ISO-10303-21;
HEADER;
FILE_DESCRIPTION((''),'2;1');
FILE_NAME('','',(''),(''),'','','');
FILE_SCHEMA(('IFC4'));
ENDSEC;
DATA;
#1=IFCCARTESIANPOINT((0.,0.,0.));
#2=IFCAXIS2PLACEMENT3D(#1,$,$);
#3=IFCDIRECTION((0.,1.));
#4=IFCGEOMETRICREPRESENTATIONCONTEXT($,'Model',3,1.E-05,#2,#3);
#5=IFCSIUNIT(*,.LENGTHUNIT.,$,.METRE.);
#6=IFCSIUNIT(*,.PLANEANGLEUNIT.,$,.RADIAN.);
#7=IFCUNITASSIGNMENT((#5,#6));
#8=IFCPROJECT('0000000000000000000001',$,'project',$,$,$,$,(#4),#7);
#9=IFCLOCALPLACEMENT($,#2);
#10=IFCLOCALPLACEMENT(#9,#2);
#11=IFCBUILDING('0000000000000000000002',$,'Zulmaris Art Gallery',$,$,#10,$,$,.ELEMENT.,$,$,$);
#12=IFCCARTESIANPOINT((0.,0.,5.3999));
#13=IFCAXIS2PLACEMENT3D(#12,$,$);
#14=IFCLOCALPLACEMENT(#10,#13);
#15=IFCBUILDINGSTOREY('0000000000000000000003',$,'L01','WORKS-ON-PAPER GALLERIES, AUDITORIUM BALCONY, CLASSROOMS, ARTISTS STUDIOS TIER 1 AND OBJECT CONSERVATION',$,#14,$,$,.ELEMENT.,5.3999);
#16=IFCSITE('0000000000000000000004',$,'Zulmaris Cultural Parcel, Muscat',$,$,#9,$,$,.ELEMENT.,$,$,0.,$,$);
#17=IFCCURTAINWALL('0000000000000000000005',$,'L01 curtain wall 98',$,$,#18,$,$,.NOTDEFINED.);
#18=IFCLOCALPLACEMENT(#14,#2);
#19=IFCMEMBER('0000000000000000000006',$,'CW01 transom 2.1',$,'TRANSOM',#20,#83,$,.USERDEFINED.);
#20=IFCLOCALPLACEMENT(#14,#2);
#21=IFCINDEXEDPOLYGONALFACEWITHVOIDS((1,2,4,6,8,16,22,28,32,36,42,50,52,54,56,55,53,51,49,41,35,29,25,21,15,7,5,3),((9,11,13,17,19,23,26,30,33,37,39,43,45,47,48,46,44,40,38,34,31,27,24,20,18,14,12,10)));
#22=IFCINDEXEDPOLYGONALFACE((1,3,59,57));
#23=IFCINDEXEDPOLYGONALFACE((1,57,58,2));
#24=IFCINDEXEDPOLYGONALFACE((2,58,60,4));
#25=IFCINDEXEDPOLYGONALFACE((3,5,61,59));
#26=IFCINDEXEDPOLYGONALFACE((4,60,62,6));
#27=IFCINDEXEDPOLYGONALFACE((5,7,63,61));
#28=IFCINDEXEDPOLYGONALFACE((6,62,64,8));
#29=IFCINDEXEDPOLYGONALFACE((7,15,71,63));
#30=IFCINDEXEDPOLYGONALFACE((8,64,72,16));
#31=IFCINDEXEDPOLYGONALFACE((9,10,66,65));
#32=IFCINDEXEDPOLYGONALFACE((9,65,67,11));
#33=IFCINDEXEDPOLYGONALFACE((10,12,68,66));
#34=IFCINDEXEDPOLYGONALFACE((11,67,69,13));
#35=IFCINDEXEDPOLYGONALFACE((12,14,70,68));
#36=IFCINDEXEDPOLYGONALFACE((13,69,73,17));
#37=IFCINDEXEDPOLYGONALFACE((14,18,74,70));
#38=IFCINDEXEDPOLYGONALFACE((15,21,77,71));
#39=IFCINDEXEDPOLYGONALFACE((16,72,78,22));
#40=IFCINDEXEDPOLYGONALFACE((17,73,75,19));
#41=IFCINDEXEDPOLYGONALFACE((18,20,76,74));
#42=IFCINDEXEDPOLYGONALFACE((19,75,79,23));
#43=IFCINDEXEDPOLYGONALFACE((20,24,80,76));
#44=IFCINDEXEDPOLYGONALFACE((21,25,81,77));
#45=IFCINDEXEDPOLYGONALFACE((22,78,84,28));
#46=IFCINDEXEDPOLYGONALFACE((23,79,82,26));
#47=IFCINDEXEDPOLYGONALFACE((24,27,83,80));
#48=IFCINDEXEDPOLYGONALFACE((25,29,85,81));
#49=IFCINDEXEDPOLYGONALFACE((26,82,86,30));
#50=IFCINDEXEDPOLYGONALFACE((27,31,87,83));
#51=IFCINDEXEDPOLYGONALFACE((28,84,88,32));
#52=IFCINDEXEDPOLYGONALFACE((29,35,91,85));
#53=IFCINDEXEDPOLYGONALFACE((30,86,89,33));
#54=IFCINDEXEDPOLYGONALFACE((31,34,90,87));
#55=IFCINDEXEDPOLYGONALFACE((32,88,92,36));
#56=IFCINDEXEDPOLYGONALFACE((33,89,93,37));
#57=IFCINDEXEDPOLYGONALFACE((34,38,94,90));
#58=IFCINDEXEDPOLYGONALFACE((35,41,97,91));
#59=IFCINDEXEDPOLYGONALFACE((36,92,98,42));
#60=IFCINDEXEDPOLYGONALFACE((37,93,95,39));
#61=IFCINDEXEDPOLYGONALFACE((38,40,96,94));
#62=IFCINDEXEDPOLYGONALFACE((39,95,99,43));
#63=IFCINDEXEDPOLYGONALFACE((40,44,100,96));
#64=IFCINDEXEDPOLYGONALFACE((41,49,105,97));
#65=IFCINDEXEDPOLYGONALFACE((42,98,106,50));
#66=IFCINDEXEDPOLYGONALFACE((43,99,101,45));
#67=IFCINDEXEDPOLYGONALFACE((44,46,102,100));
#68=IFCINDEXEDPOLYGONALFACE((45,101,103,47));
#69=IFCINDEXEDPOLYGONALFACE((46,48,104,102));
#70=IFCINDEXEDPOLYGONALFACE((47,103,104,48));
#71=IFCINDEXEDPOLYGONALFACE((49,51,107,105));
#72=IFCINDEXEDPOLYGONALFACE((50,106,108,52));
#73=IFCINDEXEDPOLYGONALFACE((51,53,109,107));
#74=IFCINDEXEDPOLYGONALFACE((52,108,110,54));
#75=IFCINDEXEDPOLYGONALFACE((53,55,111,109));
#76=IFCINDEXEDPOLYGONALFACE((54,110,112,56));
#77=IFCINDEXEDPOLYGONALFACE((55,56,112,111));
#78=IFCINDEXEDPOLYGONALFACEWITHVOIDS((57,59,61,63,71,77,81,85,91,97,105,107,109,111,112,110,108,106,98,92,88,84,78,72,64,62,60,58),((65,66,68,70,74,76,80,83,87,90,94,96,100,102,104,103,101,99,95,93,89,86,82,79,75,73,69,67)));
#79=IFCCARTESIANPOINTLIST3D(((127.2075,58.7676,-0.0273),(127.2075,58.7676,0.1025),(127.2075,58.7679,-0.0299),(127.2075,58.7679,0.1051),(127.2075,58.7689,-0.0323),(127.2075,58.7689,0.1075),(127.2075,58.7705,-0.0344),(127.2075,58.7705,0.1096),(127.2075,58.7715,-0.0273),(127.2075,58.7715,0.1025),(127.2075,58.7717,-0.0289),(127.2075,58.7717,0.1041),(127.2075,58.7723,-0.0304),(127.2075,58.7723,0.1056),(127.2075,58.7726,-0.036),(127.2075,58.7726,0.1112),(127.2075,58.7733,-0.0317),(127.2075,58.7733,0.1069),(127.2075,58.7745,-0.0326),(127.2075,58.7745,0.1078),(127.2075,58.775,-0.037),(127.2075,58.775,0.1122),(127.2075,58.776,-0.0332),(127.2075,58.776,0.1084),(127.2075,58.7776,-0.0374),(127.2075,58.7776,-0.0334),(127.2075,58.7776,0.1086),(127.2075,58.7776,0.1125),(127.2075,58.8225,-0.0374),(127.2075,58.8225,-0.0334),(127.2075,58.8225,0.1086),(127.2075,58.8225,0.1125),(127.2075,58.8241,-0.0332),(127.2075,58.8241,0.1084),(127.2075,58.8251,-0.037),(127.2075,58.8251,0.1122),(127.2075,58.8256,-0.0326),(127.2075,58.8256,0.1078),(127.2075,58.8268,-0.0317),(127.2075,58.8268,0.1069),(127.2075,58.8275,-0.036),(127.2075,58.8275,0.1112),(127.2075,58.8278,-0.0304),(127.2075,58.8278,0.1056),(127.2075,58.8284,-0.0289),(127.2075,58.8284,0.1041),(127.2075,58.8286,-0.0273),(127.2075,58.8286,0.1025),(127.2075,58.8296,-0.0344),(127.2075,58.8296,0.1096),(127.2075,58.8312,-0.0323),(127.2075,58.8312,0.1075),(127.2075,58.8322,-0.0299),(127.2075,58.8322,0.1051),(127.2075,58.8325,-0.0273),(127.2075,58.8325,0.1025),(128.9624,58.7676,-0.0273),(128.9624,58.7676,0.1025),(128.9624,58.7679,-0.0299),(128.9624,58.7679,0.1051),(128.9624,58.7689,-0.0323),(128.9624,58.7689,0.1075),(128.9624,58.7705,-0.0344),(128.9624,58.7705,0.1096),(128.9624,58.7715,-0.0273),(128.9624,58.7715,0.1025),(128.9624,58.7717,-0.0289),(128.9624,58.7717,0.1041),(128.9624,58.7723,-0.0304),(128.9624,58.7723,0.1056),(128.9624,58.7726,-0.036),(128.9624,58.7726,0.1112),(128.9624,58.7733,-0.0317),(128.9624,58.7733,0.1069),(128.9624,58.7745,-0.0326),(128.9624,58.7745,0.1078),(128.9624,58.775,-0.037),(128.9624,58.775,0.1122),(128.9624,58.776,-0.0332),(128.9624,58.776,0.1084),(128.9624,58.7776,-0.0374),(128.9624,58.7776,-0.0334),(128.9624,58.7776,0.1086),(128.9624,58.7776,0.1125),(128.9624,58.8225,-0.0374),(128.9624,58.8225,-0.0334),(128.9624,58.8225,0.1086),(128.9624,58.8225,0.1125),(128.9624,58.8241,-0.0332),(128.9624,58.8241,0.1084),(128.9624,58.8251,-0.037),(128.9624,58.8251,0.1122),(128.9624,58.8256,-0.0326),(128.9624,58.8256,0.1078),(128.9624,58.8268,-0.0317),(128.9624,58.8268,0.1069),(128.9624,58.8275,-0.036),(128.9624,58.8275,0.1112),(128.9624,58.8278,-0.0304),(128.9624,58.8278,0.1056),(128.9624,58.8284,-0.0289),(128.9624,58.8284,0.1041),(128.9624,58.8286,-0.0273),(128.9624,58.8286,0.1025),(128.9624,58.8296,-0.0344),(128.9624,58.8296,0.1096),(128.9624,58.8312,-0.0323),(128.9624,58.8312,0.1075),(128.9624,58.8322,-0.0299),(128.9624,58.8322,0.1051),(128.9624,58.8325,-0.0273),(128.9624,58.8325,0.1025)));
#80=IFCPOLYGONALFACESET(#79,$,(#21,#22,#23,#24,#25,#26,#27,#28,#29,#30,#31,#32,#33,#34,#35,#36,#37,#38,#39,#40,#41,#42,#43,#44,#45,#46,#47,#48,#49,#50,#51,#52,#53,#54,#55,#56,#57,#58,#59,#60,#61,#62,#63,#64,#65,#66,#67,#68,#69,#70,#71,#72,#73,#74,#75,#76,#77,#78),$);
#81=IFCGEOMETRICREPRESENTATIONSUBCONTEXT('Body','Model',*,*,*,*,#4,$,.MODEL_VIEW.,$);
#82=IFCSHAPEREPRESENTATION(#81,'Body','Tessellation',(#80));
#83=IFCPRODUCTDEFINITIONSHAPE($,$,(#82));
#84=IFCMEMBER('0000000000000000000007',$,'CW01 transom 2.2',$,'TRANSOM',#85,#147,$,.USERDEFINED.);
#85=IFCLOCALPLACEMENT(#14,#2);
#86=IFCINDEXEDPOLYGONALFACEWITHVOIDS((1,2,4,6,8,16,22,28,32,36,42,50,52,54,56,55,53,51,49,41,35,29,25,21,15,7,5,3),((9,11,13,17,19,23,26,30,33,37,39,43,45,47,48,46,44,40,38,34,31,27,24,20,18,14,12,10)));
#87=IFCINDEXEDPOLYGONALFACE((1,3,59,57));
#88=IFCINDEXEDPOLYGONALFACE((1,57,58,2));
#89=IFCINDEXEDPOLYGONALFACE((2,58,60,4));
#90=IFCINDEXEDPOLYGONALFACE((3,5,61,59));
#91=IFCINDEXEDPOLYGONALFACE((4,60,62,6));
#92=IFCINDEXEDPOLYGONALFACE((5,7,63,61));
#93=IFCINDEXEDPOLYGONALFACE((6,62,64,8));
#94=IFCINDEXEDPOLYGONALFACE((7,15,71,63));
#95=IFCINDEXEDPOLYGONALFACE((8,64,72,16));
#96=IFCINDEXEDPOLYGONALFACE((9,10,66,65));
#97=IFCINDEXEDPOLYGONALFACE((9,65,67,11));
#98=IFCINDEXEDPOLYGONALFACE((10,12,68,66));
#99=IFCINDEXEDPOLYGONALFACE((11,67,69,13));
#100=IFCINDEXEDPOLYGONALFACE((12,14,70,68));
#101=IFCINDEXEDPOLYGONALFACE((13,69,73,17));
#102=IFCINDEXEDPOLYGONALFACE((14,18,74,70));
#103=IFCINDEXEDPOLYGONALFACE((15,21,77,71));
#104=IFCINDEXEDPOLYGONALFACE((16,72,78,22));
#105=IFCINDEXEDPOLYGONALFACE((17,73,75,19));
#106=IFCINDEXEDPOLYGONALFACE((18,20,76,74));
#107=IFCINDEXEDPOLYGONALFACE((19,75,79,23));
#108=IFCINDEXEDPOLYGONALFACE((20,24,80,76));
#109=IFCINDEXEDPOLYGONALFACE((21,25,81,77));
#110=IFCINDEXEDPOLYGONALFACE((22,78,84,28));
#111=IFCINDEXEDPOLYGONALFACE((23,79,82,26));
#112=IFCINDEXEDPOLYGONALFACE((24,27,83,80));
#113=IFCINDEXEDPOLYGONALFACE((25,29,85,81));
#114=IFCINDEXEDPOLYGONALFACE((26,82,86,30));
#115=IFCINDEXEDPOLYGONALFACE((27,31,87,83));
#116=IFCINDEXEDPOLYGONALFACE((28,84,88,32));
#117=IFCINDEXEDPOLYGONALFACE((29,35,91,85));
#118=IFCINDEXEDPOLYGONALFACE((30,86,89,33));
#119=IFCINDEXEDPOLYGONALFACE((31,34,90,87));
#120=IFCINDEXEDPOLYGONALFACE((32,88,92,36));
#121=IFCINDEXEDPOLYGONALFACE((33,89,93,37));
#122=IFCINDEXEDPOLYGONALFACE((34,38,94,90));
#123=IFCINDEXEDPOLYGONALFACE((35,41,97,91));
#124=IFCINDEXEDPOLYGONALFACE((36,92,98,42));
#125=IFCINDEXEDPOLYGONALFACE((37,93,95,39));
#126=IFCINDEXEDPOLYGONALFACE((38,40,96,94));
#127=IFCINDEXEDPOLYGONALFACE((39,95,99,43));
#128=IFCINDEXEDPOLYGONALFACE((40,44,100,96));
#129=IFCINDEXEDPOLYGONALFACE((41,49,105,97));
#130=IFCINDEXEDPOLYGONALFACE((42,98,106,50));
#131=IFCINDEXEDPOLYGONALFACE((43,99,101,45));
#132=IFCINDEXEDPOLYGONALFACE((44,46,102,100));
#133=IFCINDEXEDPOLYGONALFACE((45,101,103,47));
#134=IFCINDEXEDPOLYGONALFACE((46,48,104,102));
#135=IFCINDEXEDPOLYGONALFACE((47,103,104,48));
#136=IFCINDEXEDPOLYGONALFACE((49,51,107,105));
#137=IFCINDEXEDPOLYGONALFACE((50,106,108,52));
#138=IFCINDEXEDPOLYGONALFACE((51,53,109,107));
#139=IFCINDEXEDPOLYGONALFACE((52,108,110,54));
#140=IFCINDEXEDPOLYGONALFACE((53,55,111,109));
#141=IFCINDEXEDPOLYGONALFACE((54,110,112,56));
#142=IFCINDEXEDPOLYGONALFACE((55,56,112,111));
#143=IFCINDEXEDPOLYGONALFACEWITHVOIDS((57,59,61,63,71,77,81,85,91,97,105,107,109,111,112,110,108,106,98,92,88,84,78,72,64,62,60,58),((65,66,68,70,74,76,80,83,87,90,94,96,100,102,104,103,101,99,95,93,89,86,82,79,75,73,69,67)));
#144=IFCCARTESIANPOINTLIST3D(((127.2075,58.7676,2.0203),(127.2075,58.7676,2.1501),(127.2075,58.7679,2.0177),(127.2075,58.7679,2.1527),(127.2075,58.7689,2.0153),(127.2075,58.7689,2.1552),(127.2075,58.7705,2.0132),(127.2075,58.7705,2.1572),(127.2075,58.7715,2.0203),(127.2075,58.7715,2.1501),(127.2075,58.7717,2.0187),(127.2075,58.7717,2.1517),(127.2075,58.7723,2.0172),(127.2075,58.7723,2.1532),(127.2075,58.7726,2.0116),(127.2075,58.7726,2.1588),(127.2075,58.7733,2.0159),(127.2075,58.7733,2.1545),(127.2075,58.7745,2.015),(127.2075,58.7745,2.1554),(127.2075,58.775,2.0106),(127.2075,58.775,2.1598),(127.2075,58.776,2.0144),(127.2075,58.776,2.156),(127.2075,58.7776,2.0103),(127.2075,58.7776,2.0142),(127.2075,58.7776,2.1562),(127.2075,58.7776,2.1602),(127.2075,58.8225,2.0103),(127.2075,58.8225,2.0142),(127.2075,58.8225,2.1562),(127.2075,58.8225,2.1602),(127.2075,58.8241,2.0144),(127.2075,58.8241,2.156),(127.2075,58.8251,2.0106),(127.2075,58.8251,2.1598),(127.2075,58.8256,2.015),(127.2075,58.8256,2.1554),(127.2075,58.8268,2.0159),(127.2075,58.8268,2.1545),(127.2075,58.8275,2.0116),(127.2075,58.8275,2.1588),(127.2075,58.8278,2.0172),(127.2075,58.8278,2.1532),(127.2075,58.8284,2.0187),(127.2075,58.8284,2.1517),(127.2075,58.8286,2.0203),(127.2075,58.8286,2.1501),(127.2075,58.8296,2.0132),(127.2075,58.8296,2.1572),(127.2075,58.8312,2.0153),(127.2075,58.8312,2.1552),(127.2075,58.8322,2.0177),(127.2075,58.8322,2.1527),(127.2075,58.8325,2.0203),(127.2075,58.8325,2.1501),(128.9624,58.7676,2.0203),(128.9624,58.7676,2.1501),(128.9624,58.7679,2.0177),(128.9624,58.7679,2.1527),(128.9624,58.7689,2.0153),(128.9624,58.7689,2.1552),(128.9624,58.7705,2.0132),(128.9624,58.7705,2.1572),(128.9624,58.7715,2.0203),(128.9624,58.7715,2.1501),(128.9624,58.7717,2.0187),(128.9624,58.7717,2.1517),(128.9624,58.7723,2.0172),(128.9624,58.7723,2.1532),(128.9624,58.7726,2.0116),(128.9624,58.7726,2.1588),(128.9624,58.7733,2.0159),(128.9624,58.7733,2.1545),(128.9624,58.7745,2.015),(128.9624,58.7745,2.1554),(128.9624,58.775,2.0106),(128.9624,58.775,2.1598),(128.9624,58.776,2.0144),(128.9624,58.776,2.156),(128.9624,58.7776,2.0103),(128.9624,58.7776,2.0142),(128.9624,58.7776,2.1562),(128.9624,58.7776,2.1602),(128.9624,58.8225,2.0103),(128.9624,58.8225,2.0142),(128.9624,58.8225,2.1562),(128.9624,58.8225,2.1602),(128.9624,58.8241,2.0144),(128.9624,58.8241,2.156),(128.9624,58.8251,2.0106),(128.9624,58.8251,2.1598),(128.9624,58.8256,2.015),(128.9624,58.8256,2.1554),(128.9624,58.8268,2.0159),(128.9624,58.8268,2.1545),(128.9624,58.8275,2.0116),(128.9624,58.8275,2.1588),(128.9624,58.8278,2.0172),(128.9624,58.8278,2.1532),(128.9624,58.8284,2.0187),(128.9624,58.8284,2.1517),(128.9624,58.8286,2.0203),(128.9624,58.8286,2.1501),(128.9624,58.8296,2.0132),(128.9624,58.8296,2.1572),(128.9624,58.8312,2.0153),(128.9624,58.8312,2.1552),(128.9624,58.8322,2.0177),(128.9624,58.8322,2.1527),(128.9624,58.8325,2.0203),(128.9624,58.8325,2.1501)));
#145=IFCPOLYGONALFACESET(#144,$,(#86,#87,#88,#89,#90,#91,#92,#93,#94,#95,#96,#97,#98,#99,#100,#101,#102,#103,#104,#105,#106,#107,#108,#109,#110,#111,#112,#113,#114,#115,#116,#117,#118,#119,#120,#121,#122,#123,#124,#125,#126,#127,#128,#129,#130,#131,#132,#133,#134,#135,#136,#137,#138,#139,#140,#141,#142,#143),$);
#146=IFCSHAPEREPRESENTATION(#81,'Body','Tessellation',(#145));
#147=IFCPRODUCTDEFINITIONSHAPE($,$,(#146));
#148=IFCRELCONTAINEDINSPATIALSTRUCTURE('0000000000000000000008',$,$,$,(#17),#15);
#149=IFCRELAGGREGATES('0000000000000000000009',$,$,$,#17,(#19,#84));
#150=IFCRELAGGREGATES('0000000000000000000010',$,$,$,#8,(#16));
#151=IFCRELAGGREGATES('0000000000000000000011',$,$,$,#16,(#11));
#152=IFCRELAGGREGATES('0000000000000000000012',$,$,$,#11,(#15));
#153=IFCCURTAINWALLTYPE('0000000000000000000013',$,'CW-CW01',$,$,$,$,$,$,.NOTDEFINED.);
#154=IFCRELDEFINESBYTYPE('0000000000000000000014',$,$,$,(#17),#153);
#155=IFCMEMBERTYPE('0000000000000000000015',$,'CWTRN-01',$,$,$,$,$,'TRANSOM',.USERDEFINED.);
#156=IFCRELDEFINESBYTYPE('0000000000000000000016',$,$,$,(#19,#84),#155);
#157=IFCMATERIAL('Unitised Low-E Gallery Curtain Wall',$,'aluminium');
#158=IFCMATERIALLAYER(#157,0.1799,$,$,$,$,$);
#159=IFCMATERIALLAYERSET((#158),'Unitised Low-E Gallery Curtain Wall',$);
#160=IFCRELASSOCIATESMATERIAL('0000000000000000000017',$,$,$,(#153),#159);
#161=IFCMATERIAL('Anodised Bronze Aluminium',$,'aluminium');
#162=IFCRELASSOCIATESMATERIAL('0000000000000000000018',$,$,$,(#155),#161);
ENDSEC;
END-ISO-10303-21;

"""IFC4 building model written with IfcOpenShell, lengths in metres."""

from ifc_helpers import new_model, si_unit, direction, frame, origin, origin_2d, place, context, subcontext, project, spatial, hollow_rectangle, extrude, material, layer, layer_set, material_profile, profile_set, type_object, element, aggregate, save


model = new_model("IFC4")

# Units and contexts
model_context = context("Model", 3, precision=1e-05, world=origin(), true_north=direction((0.0, 1.0)))
body_context = subcontext(model_context, "Body", "Model", "MODEL_VIEW")
ifc_project = project(units=[si_unit("LENGTHUNIT", "METRE"), si_unit("PLANEANGLEUNIT", "RADIAN")], contexts=[model_context])

# Site, building, storey
site_placement = place(None, origin())
site = spatial("IfcSite", under=ifc_project, at=site_placement, Name="Zulmaris Cultural Parcel, Muscat", CompositionType="ELEMENT", RefElevation=0.0)
building_placement = place(site_placement, origin())
building = spatial("IfcBuilding", under=site, at=building_placement, Name="Zulmaris Art Gallery", CompositionType="ELEMENT")
storey_placement = place(building_placement, frame((0.0, 0.0, 5.3999)))
storey = spatial("IfcBuildingStorey", under=building, at=storey_placement, Name="L01", Description="WORKS-ON-PAPER GALLERIES, AUDITORIUM BALCONY, CLASSROOMS, ARTISTS STUDIOS TIER 1 AND OBJECT CONSERVATION", CompositionType="ELEMENT", Elevation=5.3999)

# Curtain wall
ifc_material_1 = material(Name="Unitised Low-E Gallery Curtain Wall", Category="aluminium")
ifc_layer_1 = layer(ifc_material_1, 0.1799)
ifc_layer_set_1 = layer_set([ifc_layer_1], Name="Unitised Low-E Gallery Curtain Wall")
curtain_wall_type = type_object("IfcCurtainWallType", Name="CW-CW01", PredefinedType="NOTDEFINED", material=ifc_layer_set_1)
curtain_wall_1_placement = place(storey_placement, origin())
curtain_wall_1 = element("IfcCurtainWall", 1, at=curtain_wall_1_placement, inside=storey, type_object=curtain_wall_type, Name="L01 curtain wall 98", PredefinedType="NOTDEFINED")
ifc_material_2 = material(Name="Anodised Bronze Aluminium", Category="aluminium")

# Members
ifc_material_profile_1 = material_profile(ifc_material_2, hollow_rectangle(XDim=0.0649, YDim=0.1499, WallThickness=0.0039, InnerFilletRadius=0.0061, OuterFilletRadius=0.01, at=origin_2d()), Name="ALU 65x150x4")
ifc_profile_set_1 = profile_set([ifc_material_profile_1], Name="Anodised Bronze Aluminium")
member_type_1 = type_object("IfcMemberType", Name="CWTRN-01", ElementType="TRANSOM", PredefinedType="USERDEFINED", material=ifc_profile_set_1)
member_1_placement = place(storey_placement, frame((127.2075, 58.8, 0.0376), z_axis=(1.0, 0.0, 0.0), x_axis=(0.0, 1.0, 0.0)))
member_1 = element("IfcMember", 2, at=member_1_placement, type_object=member_type_1, Name="CW01 transom 2.1", ObjectType="TRANSOM", PredefinedType="USERDEFINED", context=body_context, shape_type="SweptSolid", body=[
    extrude(hollow_rectangle(XDim=0.0649, YDim=0.1499, WallThickness=0.0039, InnerFilletRadius=0.0061, OuterFilletRadius=0.01, at=origin_2d()), origin(), (0.0, 0.0, 1.0), 1.7549),
])
member_2_placement = place(storey_placement, frame((127.2075, 58.8, 2.0852), z_axis=(1.0, 0.0, 0.0), x_axis=(0.0, 1.0, 0.0)))
member_2 = element("IfcMember", 3, at=member_2_placement, type_object=member_type_1, Name="CW01 transom 2.2", ObjectType="TRANSOM", PredefinedType="USERDEFINED", context=body_context, shape_type="SweptSolid", body=[
    extrude(hollow_rectangle(XDim=0.0649, YDim=0.1499, WallThickness=0.0039, InnerFilletRadius=0.0061, OuterFilletRadius=0.01, at=origin_2d()), origin(), (0.0, 0.0, 1.0), 1.7549),
])

aggregate(curtain_wall_1, [member_1, member_2])

save(model, "model.ifc")
